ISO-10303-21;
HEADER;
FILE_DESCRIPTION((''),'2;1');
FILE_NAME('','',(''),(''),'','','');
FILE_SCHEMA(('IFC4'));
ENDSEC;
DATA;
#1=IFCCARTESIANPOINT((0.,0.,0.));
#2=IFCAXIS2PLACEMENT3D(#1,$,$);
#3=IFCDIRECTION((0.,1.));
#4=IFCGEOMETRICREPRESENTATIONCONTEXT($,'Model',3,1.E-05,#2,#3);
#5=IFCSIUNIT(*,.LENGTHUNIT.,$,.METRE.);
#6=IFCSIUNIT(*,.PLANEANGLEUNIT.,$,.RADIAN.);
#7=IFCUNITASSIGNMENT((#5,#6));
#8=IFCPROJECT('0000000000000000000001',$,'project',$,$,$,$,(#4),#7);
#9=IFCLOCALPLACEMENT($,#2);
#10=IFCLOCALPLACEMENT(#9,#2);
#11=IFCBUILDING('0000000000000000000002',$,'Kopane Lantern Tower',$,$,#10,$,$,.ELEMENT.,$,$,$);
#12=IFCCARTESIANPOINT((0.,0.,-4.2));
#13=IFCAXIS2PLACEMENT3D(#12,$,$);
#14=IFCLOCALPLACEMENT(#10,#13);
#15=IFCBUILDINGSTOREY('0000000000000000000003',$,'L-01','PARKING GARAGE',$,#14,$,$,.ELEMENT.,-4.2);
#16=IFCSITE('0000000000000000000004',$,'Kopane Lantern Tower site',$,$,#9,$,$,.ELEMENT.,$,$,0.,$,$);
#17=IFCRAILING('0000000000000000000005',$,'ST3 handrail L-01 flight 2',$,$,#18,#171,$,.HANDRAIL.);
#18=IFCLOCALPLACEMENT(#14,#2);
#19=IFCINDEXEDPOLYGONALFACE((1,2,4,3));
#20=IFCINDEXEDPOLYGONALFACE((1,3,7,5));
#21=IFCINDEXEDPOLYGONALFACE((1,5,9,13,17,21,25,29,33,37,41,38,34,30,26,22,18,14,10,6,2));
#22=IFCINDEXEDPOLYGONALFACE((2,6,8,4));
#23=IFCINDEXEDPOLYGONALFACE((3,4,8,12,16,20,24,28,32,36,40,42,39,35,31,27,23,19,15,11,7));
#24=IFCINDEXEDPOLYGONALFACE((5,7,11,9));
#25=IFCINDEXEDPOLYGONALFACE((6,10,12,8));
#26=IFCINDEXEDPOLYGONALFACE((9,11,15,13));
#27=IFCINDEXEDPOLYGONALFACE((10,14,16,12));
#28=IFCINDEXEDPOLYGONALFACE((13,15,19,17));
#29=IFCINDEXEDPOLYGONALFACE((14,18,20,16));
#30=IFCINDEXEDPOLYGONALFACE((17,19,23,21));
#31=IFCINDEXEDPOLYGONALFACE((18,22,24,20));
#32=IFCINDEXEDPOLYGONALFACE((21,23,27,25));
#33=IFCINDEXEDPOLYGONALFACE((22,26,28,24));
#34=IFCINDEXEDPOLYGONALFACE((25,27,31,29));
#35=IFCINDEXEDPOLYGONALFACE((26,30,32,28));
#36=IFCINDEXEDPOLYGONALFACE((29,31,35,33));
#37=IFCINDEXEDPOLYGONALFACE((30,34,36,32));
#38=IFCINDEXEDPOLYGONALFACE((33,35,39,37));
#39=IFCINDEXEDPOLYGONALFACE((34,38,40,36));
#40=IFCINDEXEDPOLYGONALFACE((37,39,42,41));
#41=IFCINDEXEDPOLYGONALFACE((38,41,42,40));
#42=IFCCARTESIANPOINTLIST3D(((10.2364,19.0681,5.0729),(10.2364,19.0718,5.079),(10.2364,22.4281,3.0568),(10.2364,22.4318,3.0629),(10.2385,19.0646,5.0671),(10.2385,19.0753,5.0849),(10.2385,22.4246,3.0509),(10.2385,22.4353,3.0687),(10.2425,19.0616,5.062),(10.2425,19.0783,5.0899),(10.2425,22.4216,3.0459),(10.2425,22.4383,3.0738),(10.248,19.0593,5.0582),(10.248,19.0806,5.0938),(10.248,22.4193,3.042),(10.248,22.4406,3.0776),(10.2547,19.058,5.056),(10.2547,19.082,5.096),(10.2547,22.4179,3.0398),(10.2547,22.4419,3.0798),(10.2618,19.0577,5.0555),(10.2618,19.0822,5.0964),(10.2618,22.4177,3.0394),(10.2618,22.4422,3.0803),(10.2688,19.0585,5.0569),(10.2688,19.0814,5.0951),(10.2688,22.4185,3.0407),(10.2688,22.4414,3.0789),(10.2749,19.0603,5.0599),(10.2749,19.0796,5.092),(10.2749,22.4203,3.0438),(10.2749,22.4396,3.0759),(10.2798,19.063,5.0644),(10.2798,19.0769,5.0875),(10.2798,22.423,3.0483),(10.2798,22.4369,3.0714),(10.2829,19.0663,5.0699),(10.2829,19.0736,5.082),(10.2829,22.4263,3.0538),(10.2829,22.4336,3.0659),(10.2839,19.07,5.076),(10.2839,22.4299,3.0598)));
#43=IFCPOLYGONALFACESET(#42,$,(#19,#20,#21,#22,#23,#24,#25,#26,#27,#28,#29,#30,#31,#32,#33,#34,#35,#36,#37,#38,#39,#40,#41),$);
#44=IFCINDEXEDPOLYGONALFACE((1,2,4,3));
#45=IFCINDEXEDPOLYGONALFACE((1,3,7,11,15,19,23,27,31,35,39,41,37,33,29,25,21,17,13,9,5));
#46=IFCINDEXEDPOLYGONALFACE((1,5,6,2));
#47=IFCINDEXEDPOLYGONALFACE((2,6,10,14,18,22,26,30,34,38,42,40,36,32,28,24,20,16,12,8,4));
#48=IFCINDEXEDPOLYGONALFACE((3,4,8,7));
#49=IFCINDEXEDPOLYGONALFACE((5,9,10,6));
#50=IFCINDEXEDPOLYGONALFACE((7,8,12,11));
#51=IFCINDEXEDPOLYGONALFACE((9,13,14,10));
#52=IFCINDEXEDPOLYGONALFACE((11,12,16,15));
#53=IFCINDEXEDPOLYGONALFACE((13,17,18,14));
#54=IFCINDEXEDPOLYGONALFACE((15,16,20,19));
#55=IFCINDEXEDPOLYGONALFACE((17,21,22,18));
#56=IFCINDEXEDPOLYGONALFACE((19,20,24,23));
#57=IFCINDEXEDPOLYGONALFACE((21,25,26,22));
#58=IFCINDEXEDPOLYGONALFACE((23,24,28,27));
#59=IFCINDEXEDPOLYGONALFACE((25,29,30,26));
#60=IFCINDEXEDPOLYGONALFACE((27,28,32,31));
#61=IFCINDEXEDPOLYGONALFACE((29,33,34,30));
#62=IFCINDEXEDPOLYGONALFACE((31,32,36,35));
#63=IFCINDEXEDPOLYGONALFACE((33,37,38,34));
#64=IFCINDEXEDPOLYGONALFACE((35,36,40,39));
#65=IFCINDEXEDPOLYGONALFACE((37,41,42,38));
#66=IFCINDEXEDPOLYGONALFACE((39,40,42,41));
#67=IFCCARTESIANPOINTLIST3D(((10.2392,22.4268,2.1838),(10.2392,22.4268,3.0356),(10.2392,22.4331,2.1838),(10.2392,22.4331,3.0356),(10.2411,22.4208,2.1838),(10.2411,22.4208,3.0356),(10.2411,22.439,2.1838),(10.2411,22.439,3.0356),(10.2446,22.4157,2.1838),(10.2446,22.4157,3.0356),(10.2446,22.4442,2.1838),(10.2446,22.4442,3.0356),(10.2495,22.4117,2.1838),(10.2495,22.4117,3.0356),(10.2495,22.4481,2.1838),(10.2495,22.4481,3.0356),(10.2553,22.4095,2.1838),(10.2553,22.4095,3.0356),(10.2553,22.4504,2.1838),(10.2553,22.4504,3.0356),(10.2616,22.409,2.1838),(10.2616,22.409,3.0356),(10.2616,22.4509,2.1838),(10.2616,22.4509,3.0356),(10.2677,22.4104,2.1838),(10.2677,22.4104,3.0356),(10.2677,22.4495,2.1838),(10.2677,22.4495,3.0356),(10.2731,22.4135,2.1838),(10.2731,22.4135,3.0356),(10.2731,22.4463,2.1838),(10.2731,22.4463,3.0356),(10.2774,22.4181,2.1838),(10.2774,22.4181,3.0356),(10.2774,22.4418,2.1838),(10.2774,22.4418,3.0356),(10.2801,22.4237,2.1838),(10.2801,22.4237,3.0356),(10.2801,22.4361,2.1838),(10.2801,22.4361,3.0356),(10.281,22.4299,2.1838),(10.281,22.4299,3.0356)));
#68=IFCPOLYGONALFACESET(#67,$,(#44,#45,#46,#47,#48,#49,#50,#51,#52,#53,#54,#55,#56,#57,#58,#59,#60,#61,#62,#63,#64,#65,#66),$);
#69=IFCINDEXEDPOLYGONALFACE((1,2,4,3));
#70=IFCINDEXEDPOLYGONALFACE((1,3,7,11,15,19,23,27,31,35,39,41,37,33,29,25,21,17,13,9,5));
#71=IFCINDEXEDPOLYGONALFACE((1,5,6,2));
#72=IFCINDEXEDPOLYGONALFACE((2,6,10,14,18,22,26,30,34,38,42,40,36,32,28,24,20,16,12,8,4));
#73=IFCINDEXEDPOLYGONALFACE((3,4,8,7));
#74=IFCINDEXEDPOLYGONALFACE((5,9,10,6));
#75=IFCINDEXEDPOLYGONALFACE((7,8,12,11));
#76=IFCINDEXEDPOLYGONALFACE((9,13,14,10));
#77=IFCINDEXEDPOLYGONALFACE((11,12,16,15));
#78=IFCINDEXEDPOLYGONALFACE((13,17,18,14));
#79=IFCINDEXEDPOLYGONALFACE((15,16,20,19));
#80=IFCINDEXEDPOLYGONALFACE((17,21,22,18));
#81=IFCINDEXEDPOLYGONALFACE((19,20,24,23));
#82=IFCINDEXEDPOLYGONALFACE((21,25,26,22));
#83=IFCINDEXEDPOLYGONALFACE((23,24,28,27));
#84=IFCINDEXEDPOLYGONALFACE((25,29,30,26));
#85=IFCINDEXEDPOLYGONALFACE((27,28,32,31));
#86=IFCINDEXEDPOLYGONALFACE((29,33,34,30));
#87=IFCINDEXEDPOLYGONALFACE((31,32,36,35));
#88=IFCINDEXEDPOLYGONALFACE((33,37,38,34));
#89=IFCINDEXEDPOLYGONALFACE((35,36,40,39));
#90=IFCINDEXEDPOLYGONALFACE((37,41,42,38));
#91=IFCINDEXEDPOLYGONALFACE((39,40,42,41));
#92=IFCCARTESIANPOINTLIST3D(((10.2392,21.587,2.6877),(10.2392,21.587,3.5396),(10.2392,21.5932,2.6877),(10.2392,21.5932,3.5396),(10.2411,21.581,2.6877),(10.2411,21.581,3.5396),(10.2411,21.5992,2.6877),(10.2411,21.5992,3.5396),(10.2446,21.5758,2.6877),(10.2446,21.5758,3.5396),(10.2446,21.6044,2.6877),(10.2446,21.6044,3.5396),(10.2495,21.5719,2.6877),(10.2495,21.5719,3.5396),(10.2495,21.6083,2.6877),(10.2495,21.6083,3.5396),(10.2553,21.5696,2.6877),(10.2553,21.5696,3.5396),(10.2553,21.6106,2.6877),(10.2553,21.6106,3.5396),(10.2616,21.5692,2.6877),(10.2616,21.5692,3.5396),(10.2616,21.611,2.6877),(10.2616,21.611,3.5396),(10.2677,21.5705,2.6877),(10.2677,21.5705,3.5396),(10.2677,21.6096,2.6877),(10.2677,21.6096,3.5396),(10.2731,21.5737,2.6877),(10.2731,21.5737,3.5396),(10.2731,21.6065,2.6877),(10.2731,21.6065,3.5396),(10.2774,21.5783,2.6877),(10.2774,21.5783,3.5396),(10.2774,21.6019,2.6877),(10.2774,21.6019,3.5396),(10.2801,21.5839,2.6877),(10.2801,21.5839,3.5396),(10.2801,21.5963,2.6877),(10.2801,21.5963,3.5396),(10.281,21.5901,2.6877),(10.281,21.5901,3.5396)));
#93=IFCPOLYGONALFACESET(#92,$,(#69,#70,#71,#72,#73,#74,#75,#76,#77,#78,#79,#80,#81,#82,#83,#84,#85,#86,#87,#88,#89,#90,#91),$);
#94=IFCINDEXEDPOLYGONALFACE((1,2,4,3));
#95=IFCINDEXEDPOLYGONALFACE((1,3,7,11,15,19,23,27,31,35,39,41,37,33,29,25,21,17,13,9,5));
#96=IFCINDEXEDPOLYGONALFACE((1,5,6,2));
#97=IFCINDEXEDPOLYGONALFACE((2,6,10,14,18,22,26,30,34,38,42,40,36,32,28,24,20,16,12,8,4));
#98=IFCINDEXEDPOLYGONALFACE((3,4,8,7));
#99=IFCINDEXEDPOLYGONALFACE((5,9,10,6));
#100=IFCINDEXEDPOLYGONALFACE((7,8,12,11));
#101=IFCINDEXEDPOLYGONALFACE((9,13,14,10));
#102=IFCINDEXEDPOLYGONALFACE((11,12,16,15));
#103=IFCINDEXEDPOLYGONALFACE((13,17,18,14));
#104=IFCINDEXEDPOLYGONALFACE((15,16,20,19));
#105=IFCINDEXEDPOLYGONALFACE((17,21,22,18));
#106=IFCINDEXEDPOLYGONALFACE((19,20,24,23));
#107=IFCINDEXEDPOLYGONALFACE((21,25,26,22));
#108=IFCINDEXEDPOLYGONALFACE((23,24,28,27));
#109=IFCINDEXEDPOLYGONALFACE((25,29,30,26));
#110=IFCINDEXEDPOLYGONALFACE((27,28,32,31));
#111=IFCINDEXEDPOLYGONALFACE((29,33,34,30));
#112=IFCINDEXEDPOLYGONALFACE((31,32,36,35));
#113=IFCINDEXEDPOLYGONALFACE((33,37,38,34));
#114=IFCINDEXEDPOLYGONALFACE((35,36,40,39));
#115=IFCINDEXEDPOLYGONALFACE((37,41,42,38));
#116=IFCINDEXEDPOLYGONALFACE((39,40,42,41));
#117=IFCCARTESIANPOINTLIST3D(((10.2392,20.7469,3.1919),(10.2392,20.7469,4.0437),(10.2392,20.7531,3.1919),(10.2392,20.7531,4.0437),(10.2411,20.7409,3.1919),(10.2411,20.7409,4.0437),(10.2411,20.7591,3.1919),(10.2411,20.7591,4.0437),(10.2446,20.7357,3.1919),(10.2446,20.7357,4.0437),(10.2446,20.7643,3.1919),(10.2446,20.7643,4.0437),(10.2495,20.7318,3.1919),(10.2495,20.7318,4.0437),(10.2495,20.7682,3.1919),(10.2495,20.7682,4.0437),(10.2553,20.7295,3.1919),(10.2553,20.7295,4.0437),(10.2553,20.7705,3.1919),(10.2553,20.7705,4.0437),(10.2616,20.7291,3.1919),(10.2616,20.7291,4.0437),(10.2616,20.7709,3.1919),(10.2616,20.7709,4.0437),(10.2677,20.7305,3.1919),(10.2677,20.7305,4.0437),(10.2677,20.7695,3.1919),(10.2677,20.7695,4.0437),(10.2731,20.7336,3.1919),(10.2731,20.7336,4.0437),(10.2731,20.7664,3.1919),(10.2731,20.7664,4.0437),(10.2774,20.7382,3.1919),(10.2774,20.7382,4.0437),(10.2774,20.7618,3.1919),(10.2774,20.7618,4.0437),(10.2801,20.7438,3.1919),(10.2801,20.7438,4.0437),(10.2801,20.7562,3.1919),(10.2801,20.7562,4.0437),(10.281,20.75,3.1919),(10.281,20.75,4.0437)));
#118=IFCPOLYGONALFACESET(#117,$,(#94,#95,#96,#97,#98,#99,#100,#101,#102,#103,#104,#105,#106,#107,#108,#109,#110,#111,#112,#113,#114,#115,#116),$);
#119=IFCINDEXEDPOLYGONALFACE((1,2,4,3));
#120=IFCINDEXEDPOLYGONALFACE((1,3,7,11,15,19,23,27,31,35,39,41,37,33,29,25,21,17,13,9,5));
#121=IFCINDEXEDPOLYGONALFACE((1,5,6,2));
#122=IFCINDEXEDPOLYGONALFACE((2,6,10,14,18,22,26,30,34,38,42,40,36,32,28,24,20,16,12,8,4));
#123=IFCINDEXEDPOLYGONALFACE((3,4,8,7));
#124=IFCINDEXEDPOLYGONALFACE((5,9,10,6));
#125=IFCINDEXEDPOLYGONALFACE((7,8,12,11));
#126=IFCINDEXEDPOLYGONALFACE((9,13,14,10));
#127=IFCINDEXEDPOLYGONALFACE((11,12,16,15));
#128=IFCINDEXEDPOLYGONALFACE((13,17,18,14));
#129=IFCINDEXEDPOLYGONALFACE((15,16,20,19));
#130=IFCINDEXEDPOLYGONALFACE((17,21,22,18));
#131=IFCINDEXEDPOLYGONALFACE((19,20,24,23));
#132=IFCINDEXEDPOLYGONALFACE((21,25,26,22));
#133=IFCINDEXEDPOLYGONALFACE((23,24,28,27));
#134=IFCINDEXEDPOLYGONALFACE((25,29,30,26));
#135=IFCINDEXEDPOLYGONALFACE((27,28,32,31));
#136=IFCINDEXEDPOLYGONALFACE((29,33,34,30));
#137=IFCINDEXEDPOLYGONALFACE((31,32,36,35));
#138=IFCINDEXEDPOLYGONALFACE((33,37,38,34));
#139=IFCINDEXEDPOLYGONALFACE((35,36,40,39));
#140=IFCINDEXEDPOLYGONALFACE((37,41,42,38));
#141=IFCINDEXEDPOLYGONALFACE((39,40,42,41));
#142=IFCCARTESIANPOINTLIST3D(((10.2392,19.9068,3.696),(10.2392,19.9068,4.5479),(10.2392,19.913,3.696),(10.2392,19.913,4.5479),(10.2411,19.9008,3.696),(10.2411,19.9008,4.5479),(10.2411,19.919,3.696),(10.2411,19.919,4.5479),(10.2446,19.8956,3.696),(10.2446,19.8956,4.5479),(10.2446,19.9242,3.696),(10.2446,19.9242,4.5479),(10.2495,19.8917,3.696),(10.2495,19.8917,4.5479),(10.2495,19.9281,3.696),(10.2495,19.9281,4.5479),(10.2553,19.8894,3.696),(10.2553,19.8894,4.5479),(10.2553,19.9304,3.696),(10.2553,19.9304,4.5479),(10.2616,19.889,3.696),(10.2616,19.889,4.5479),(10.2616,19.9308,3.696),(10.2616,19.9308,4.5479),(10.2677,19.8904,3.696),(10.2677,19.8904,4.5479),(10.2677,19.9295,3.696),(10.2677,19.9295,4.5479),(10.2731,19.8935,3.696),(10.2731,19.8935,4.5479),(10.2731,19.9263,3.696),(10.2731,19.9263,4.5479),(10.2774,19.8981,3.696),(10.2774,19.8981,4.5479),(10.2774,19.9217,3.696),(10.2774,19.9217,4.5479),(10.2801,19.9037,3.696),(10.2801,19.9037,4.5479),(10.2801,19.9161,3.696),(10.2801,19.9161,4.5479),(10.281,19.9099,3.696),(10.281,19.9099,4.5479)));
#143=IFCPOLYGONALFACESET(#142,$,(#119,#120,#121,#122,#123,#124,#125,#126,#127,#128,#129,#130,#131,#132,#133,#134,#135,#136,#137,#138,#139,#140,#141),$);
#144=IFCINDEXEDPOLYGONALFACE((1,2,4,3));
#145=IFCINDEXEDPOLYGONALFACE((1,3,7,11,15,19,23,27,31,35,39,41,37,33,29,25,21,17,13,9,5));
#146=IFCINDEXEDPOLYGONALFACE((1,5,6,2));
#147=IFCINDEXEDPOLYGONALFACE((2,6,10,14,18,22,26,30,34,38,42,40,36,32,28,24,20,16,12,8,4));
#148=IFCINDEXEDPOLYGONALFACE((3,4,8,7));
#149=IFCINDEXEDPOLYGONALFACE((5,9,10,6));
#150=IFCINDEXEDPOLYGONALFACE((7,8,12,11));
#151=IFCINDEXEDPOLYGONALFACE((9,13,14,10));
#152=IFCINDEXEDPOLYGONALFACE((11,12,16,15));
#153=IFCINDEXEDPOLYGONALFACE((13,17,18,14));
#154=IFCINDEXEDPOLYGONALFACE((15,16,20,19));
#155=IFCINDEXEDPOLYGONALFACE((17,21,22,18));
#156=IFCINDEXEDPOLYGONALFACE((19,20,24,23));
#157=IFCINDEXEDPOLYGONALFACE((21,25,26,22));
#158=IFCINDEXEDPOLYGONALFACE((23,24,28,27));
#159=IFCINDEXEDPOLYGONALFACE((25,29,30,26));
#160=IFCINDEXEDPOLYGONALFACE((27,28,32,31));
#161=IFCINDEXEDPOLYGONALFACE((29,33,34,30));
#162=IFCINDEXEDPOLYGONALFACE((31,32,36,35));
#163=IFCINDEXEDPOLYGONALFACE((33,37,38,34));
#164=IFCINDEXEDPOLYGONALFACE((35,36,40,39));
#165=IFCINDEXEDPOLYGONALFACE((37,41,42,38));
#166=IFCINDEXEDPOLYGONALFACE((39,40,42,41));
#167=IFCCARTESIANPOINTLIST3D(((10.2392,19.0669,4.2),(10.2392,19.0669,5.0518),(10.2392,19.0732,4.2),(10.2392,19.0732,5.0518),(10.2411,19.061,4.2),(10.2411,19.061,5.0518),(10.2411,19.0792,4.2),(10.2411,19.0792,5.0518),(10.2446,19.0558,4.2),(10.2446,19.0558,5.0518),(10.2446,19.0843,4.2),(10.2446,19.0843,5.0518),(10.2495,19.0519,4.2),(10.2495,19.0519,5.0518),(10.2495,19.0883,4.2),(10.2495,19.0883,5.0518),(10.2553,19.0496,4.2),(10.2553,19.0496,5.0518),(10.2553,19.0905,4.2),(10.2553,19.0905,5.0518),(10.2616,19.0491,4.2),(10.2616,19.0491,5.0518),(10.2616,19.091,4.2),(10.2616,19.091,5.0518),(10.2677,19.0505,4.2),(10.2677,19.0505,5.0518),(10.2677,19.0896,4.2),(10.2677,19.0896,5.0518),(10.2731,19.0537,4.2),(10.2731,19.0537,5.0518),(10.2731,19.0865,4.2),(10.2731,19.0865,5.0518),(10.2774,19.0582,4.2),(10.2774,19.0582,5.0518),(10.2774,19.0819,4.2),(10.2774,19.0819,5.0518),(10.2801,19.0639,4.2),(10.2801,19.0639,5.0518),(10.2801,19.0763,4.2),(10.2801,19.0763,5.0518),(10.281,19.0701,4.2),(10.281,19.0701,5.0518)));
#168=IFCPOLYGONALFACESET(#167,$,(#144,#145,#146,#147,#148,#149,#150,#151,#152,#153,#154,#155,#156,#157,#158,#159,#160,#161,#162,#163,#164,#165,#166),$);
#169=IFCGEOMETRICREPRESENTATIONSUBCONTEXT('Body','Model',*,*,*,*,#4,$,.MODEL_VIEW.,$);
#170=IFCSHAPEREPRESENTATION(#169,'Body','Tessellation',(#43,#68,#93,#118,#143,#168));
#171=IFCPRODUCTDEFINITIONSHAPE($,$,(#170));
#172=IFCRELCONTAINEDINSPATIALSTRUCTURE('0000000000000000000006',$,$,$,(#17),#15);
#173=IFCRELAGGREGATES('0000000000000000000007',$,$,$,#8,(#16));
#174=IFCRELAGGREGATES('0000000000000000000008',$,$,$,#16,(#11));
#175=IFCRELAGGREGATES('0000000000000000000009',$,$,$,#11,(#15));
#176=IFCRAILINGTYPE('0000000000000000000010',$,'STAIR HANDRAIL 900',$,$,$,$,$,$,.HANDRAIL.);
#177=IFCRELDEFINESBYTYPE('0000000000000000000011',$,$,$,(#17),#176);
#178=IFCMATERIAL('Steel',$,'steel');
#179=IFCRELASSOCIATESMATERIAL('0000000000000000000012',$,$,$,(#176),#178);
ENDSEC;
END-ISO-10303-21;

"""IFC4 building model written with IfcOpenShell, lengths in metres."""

from ifc_helpers import new_model, si_unit, direction, frame, origin, origin_2d, place, context, subcontext, project, spatial, circle, extrude, material, type_object, element, save


model = new_model("IFC4")

# Units and contexts
model_context = context("Model", 3, precision=1e-05, world=origin(), true_north=direction((0.0, 1.0)))
body_context = subcontext(model_context, "Body", "Model", "MODEL_VIEW")
ifc_project = project(units=[si_unit("LENGTHUNIT", "METRE"), si_unit("PLANEANGLEUNIT", "RADIAN")], contexts=[model_context])

# Site, building, storey
site_placement = place(None, origin())
site = spatial("IfcSite", under=ifc_project, at=site_placement, Name="Kopane Lantern Tower site", CompositionType="ELEMENT", RefElevation=0.0)
building_placement = place(site_placement, origin())
building = spatial("IfcBuilding", under=site, at=building_placement, Name="Kopane Lantern Tower", CompositionType="ELEMENT")
storey_placement = place(building_placement, frame((0.0, 0.0, -4.2)))
storey = spatial("IfcBuildingStorey", under=building, at=storey_placement, Name="L-01", Description="PARKING GARAGE", CompositionType="ELEMENT", Elevation=-4.2)

# Railing
ifc_material_1 = material(Name="Steel", Category="steel")
railing_type_1 = type_object("IfcRailingType", Name="STAIR HANDRAIL 900", PredefinedType="HANDRAIL", material=ifc_material_1)
for number, where, name in (
    (1, (10.26, 22.4299, 2.1838), "ST3 handrail L-01 flight 2"),
):
    element("IfcRailing", number, at=place(storey_placement, frame(where)), inside=storey, type_object=railing_type_1, Name=name, PredefinedType="HANDRAIL", context=body_context, shape_type="SweptSolid", body=[
        extrude(circle(Radius=0.0239, at=origin_2d()), frame((0.0, 0.0, 0.876), z_axis=(0.0, -0.857471, 0.514532), x_axis=(1.0, 0.0, 0.0)), (0.0, 0.0, 1.0), 3.9185),
        extrude(circle(Radius=0.021, at=origin_2d()), origin(), (0.0, 0.0, 1.0), 0.8518),
        extrude(circle(Radius=0.021, at=origin_2d()), frame((0.0, -0.8398, 0.5039)), (0.0, 0.0, 1.0), 0.8518),
        extrude(circle(Radius=0.021, at=origin_2d()), frame((0.0, -1.6799, 1.0081)), (0.0, 0.0, 1.0), 0.8518),
        extrude(circle(Radius=0.021, at=origin_2d()), frame((0.0, -2.52, 1.5122)), (0.0, 0.0, 1.0), 0.8518),
        extrude(circle(Radius=0.021, at=origin_2d()), frame((0.0, -3.3599, 2.0161)), (0.0, 0.0, 1.0), 0.8518),
    ])

save(model, "model.ifc")
